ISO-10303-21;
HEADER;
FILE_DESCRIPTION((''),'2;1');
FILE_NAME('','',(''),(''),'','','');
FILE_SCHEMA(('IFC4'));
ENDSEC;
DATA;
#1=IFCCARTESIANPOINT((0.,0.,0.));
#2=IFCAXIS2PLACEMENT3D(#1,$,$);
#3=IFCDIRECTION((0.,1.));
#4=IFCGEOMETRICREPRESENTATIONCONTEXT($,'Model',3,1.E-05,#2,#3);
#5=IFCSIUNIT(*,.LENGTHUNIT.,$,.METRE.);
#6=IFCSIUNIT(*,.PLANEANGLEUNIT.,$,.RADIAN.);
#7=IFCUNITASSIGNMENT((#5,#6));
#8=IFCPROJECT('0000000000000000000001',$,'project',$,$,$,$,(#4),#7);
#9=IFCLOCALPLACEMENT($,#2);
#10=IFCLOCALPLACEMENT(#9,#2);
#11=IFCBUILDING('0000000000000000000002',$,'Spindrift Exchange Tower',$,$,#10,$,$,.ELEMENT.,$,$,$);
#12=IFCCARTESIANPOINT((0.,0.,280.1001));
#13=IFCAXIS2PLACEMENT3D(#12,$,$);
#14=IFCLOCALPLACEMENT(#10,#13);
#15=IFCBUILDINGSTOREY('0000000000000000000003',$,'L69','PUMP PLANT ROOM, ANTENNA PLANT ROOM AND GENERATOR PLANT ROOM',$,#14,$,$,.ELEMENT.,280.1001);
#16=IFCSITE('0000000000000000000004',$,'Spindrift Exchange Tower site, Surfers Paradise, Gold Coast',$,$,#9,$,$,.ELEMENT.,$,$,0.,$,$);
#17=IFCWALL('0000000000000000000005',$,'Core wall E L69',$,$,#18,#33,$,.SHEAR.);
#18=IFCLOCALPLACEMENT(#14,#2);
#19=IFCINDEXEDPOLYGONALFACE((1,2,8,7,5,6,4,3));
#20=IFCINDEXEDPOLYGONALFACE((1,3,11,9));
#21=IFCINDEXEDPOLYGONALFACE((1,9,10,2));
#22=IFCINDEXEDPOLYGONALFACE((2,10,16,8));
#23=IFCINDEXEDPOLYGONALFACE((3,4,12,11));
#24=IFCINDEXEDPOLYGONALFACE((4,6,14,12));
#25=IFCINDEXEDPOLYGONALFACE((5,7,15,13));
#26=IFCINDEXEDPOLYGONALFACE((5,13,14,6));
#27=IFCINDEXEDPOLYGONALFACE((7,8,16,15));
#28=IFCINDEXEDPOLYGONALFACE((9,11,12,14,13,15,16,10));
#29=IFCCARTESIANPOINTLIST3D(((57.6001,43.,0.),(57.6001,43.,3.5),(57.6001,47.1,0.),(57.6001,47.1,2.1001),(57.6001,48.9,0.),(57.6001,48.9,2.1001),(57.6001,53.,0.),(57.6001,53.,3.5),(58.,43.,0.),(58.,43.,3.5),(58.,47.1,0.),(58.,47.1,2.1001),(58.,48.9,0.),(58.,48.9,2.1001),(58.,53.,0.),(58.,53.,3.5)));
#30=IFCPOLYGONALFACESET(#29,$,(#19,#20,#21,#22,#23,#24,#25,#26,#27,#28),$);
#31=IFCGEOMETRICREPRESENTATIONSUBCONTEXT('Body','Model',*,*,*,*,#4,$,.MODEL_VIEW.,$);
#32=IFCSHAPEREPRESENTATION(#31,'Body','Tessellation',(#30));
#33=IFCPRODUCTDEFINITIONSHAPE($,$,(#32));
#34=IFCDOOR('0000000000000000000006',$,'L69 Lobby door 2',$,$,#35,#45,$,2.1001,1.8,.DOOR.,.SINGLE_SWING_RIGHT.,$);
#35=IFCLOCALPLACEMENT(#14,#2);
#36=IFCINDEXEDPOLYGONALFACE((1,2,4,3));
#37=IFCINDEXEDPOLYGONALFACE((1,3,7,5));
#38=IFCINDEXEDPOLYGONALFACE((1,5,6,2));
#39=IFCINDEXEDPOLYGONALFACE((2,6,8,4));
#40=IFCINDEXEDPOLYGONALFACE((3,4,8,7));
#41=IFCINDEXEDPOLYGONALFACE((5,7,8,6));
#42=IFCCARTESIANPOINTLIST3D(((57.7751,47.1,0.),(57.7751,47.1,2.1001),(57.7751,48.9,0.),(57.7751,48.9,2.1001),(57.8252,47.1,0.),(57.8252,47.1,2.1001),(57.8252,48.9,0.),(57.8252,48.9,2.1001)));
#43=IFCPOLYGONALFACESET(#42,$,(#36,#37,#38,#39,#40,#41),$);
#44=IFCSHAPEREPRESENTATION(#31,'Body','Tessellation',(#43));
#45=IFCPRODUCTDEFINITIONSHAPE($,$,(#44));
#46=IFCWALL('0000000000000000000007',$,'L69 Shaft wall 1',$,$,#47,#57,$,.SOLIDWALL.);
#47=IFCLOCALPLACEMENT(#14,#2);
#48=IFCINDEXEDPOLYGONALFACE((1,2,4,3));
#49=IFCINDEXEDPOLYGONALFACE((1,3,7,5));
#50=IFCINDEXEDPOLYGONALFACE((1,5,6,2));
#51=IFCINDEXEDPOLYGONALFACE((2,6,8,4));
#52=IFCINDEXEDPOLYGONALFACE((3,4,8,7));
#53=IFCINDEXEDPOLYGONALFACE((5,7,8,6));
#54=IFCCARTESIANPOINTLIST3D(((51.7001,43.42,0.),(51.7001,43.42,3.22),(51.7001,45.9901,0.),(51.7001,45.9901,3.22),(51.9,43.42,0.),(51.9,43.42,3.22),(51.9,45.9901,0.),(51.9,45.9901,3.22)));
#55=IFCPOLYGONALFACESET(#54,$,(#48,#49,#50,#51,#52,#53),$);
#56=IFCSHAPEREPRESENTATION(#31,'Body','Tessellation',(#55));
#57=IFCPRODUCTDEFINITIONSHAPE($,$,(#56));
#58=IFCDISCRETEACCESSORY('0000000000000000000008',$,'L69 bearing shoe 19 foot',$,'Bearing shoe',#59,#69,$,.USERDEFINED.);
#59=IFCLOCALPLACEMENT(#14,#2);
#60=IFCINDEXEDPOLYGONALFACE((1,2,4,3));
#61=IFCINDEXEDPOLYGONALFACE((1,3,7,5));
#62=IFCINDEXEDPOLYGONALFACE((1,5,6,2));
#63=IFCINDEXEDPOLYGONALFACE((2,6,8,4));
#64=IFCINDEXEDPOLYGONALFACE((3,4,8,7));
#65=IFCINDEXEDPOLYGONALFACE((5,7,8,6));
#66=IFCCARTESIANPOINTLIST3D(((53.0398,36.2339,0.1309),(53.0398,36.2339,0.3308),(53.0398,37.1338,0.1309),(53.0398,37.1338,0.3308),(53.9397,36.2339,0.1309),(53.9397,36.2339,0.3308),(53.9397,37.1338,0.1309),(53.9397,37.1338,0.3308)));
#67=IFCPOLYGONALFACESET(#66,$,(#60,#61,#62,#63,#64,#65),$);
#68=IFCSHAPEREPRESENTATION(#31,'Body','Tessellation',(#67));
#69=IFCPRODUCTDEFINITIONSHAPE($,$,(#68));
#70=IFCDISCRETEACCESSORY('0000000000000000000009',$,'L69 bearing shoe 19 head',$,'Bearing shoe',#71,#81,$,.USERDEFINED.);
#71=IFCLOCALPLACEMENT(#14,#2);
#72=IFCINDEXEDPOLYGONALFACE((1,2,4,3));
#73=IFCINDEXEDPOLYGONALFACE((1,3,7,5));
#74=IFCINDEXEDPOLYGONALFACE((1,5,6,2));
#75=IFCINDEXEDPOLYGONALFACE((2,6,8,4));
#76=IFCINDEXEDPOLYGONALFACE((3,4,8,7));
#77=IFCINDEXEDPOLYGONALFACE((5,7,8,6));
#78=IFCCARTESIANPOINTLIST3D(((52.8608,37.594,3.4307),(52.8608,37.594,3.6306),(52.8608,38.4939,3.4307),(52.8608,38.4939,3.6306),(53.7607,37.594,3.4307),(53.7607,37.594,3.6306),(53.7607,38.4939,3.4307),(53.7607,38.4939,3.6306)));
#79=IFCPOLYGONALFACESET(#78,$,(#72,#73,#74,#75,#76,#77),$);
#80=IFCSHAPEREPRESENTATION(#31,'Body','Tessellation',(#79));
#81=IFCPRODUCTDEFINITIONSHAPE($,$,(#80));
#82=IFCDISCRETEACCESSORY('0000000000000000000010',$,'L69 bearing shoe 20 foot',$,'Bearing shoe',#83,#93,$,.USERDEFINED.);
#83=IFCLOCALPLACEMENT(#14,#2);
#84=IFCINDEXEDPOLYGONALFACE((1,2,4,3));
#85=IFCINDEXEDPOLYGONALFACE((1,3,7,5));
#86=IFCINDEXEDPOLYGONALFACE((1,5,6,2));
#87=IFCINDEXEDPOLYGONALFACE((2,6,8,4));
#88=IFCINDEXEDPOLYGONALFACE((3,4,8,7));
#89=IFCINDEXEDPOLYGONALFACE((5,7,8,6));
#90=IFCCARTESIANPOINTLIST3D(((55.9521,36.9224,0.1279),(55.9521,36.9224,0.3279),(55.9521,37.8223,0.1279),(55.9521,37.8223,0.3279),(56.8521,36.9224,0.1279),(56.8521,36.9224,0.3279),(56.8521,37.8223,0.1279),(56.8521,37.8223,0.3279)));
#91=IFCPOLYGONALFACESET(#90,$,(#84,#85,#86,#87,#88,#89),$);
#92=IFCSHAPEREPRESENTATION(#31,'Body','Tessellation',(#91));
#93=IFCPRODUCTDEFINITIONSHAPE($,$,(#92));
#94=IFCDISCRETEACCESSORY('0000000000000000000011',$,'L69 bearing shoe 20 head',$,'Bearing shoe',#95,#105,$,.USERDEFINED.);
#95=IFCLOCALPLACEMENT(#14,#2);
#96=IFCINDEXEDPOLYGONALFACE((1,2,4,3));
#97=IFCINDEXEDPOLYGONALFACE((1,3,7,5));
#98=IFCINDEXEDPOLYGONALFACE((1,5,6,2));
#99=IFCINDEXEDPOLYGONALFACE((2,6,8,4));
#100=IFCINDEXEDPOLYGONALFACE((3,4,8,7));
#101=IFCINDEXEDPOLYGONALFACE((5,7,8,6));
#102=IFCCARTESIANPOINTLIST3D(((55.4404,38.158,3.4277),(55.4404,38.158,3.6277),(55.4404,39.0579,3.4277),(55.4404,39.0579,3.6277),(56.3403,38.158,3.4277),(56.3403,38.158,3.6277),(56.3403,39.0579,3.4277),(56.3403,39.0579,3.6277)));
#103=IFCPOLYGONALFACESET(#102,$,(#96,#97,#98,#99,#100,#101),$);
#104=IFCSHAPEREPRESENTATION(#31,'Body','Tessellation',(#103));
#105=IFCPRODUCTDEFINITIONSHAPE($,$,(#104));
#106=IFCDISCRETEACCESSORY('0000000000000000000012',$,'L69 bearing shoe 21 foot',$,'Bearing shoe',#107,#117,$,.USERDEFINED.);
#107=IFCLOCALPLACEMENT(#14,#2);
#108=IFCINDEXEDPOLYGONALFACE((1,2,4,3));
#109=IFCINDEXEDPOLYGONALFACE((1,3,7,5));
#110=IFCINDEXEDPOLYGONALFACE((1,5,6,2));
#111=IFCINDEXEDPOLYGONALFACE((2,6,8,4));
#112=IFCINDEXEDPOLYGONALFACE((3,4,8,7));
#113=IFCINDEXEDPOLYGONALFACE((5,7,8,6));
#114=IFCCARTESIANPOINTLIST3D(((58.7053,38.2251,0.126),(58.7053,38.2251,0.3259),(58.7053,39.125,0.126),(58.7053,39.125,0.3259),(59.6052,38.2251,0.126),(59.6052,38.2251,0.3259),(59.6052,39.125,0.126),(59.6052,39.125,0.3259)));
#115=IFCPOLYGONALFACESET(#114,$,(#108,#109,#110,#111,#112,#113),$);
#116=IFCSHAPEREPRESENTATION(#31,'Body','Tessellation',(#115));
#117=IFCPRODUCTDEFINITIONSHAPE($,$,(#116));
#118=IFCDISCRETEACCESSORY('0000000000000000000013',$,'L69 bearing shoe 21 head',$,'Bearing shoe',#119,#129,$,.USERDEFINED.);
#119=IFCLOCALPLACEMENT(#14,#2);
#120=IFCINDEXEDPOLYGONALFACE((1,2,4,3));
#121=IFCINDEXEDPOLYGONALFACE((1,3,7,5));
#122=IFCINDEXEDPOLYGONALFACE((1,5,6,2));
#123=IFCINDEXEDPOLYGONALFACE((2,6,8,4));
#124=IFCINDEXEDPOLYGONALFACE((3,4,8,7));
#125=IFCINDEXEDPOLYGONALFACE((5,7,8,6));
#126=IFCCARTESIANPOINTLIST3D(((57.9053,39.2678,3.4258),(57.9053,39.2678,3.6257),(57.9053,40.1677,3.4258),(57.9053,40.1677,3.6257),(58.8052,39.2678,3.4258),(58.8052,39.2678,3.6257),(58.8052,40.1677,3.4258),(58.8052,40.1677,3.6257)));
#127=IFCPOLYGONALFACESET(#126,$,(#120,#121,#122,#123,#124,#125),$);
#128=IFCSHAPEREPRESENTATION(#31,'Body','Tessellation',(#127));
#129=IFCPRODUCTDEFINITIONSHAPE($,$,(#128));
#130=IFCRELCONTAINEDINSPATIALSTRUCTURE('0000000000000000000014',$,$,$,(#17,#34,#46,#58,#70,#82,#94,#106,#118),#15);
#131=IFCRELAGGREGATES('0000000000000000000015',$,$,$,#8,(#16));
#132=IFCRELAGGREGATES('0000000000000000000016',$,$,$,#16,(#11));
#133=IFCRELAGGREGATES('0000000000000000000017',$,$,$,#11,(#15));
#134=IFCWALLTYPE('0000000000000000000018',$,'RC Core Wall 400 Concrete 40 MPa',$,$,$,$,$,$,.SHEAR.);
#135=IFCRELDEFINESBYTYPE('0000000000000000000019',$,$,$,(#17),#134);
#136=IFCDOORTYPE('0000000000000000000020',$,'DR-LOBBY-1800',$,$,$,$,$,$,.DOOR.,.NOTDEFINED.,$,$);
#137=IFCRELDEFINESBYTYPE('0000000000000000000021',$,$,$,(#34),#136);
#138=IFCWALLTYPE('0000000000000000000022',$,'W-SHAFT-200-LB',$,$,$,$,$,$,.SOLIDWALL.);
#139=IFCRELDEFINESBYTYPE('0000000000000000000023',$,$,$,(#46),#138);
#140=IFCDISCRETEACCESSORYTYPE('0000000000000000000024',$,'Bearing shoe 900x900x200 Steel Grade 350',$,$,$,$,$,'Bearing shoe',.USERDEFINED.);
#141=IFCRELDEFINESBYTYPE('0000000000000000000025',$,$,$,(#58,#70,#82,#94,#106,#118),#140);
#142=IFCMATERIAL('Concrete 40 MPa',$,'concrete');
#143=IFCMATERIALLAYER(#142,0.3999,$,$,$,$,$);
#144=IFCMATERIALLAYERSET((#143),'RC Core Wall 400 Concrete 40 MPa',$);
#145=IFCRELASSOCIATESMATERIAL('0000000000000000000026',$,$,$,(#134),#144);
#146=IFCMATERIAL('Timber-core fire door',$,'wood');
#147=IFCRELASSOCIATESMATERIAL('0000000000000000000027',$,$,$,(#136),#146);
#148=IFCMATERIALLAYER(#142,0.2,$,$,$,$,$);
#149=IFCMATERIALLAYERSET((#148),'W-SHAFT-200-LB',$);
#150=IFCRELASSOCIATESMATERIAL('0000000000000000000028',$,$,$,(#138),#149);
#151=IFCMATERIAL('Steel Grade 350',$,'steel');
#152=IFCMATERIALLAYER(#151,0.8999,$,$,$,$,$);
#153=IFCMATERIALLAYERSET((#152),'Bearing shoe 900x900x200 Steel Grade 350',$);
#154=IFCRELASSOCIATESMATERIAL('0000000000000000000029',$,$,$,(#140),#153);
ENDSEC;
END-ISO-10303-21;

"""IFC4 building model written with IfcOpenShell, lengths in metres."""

from ifc_helpers import new_model, si_unit, direction, frame, frame_2d, origin, origin_2d, place, context, subcontext, project, spatial, rectangle, extrude, source, transform, mapped, material, layer, layer_set, type_object, element, fill, save


model = new_model("IFC4")

# Units and contexts
model_context = context("Model", 3, precision=1e-05, world=origin(), true_north=direction((0.0, 1.0)))
body_context = subcontext(model_context, "Body", "Model", "MODEL_VIEW")
ifc_project = project(units=[si_unit("LENGTHUNIT", "METRE"), si_unit("PLANEANGLEUNIT", "RADIAN")], contexts=[model_context])

# Site, building, storey
site_placement = place(None, origin())
site = spatial("IfcSite", under=ifc_project, at=site_placement, Name="Spindrift Exchange Tower site, Surfers Paradise, Gold Coast", CompositionType="ELEMENT", RefElevation=0.0)
building_placement = place(site_placement, origin())
building = spatial("IfcBuilding", under=site, at=building_placement, Name="Spindrift Exchange Tower", CompositionType="ELEMENT")
storey_placement = place(building_placement, frame((0.0, 0.0, 280.1001)))
storey = spatial("IfcBuildingStorey", under=building, at=storey_placement, Name="L69", Description="PUMP PLANT ROOM, ANTENNA PLANT ROOM AND GENERATOR PLANT ROOM", CompositionType="ELEMENT", Elevation=280.1001)

# Shared definitions
ifc_material_1 = material(Name="Concrete 40 MPa", Category="concrete")

# Wall, opening, door
ifc_layer_1 = layer(ifc_material_1, 0.3999)
ifc_layer_set_1 = layer_set([ifc_layer_1], Name="RC Core Wall 400 Concrete 40 MPa")
wall_type_1 = type_object("IfcWallType", Name="RC Core Wall 400 Concrete 40 MPa", PredefinedType="SHEAR", material=ifc_layer_set_1)
wall_1_placement = place(storey_placement, frame((57.8, 43.0, 0.0), z_axis=(0.0, 0.0, 1.0), x_axis=(0.0, 1.0, 0.0)))
wall_1 = element("IfcWall", 1, at=wall_1_placement, inside=storey, type_object=wall_type_1, Name="Core wall E L69", PredefinedType="SHEAR", context=body_context, shape_type="SweptSolid", body=[
    extrude(rectangle(XDim=10.0, YDim=0.3999, at=frame_2d((5.0, 0.0))), origin(), (0.0, 0.0, 1.0), 3.5),
])
opening_placement = place(wall_1_placement, frame((4.1001, 0.0, 0.0)))
opening = element("IfcOpeningElement", 2, at=opening_placement, cuts=wall_1, PredefinedType="OPENING", context=body_context, shape_type="SweptSolid", body=[
    extrude(rectangle(XDim=1.8, YDim=2.1001, at=frame_2d((0.8999, 1.05))), frame((0.0, 0.21, 0.0), z_axis=(0.0, -1.0, 0.0), x_axis=(1.0, 0.0, 0.0)), (0.0, 0.0, 1.0), 0.4199),
])
ifc_material_2 = material(Name="Timber-core fire door", Category="wood")
door_type = type_object("IfcDoorType", Name="DR-LOBBY-1800", OperationType="NOTDEFINED", PredefinedType="DOOR", material=ifc_material_2)
shared_shape_1 = source(origin(), body_context, "Body", "SweptSolid", [
    extrude(rectangle(XDim=1.8, YDim=2.1001, at=frame_2d((0.8999, 1.05))), frame((0.0, 0.0249, 0.0), z_axis=(0.0, -1.0, 0.0), x_axis=(1.0, 0.0, 0.0)), (0.0, 0.0, 1.0), 0.05),
])
door_placement = place(opening_placement, origin())
door = element("IfcDoor", 3, at=door_placement, inside=storey, type_object=door_type, Name="L69 Lobby door 2", OperationType="SINGLE_SWING_RIGHT", OverallHeight=2.1001, OverallWidth=1.8, PredefinedType="DOOR", context=body_context, shape_type="MappedRepresentation", body=[
    mapped(shared_shape_1, transform((0.0, 0.0, 0.0), scale=1.0)),
])
fill(opening, door)

# Wall
ifc_layer_2 = layer(ifc_material_1, 0.2)
ifc_layer_set_2 = layer_set([ifc_layer_2], Name="W-SHAFT-200-LB")
wall_type_2 = type_object("IfcWallType", Name="W-SHAFT-200-LB", PredefinedType="SOLIDWALL", material=ifc_layer_set_2)
wall_2_placement = place(storey_placement, frame((51.8, 43.4199, 0.0), z_axis=(0.0, 0.0, 1.0), x_axis=(0.0, 1.0, 0.0)))
element("IfcWall", 4, at=wall_2_placement, inside=storey, type_object=wall_type_2, Name="L69 Shaft wall 1", PredefinedType="SOLIDWALL", context=body_context, shape_type="SweptSolid", body=[
    extrude(rectangle(XDim=2.5701, YDim=0.2, at=frame_2d((1.2852, 0.0))), origin(), (0.0, 0.0, 1.0), 3.22),
])

# Discrete accessories
ifc_material_3 = material(Name="Steel Grade 350", Category="steel")
ifc_layer_3 = layer(ifc_material_3, 0.8999)
ifc_layer_set_3 = layer_set([ifc_layer_3], Name="Bearing shoe 900x900x200 Steel Grade 350")
discrete_accessory_type = type_object("IfcDiscreteAccessoryType", Name="Bearing shoe 900x900x200 Steel Grade 350", ElementType="Bearing shoe", PredefinedType="USERDEFINED", material=ifc_layer_set_3)
shared_shape_2 = source(origin(), body_context, "Body", "SweptSolid", [
    extrude(rectangle(XDim=0.8999, YDim=0.8999, at=origin_2d()), origin(), (0.0, 0.0, 1.0), 0.2),
])
for number, where, z_axis, x_axis, name in (
    (5, (53.4897, 36.6838, 0.1309), (0.0, 0.0, 1.0), (1.0, 0.0, 0.0), "L69 bearing shoe 19 foot"),
    (6, (53.3108, 38.0439, 3.4307), (0.0, 0.0, 1.0), (1.0, 0.0, 0.0), "L69 bearing shoe 19 head"),
    (7, (56.4021, 37.3723, 0.1279), (0.0, 0.0, 1.0), (1.0, 0.0, 0.0), "L69 bearing shoe 20 foot"),
    (8, (55.8904, 38.6079, 3.4277), (0.0, 0.0, 1.0), (1.0, 0.0, 0.0), "L69 bearing shoe 20 head"),
    (9, (59.1553, 38.675, 0.126), (0.0, 0.0, 1.0), (1.0, 0.0, 0.0), "L69 bearing shoe 21 foot"),
    (10, (58.3552, 39.7178, 3.4258), (0.0, 0.0, 1.0), (1.0, 0.0, 0.0), "L69 bearing shoe 21 head"),
):
    element("IfcDiscreteAccessory", number, at=place(storey_placement, frame(where, z_axis=z_axis, x_axis=x_axis)), inside=storey, type_object=discrete_accessory_type, Name=name, ObjectType="Bearing shoe", PredefinedType="USERDEFINED", context=body_context, shape_type="MappedRepresentation", body=[
        mapped(shared_shape_2, transform((0.0, 0.0, 0.0), scale=1.0)),
    ])

save(model, "model.ifc")
